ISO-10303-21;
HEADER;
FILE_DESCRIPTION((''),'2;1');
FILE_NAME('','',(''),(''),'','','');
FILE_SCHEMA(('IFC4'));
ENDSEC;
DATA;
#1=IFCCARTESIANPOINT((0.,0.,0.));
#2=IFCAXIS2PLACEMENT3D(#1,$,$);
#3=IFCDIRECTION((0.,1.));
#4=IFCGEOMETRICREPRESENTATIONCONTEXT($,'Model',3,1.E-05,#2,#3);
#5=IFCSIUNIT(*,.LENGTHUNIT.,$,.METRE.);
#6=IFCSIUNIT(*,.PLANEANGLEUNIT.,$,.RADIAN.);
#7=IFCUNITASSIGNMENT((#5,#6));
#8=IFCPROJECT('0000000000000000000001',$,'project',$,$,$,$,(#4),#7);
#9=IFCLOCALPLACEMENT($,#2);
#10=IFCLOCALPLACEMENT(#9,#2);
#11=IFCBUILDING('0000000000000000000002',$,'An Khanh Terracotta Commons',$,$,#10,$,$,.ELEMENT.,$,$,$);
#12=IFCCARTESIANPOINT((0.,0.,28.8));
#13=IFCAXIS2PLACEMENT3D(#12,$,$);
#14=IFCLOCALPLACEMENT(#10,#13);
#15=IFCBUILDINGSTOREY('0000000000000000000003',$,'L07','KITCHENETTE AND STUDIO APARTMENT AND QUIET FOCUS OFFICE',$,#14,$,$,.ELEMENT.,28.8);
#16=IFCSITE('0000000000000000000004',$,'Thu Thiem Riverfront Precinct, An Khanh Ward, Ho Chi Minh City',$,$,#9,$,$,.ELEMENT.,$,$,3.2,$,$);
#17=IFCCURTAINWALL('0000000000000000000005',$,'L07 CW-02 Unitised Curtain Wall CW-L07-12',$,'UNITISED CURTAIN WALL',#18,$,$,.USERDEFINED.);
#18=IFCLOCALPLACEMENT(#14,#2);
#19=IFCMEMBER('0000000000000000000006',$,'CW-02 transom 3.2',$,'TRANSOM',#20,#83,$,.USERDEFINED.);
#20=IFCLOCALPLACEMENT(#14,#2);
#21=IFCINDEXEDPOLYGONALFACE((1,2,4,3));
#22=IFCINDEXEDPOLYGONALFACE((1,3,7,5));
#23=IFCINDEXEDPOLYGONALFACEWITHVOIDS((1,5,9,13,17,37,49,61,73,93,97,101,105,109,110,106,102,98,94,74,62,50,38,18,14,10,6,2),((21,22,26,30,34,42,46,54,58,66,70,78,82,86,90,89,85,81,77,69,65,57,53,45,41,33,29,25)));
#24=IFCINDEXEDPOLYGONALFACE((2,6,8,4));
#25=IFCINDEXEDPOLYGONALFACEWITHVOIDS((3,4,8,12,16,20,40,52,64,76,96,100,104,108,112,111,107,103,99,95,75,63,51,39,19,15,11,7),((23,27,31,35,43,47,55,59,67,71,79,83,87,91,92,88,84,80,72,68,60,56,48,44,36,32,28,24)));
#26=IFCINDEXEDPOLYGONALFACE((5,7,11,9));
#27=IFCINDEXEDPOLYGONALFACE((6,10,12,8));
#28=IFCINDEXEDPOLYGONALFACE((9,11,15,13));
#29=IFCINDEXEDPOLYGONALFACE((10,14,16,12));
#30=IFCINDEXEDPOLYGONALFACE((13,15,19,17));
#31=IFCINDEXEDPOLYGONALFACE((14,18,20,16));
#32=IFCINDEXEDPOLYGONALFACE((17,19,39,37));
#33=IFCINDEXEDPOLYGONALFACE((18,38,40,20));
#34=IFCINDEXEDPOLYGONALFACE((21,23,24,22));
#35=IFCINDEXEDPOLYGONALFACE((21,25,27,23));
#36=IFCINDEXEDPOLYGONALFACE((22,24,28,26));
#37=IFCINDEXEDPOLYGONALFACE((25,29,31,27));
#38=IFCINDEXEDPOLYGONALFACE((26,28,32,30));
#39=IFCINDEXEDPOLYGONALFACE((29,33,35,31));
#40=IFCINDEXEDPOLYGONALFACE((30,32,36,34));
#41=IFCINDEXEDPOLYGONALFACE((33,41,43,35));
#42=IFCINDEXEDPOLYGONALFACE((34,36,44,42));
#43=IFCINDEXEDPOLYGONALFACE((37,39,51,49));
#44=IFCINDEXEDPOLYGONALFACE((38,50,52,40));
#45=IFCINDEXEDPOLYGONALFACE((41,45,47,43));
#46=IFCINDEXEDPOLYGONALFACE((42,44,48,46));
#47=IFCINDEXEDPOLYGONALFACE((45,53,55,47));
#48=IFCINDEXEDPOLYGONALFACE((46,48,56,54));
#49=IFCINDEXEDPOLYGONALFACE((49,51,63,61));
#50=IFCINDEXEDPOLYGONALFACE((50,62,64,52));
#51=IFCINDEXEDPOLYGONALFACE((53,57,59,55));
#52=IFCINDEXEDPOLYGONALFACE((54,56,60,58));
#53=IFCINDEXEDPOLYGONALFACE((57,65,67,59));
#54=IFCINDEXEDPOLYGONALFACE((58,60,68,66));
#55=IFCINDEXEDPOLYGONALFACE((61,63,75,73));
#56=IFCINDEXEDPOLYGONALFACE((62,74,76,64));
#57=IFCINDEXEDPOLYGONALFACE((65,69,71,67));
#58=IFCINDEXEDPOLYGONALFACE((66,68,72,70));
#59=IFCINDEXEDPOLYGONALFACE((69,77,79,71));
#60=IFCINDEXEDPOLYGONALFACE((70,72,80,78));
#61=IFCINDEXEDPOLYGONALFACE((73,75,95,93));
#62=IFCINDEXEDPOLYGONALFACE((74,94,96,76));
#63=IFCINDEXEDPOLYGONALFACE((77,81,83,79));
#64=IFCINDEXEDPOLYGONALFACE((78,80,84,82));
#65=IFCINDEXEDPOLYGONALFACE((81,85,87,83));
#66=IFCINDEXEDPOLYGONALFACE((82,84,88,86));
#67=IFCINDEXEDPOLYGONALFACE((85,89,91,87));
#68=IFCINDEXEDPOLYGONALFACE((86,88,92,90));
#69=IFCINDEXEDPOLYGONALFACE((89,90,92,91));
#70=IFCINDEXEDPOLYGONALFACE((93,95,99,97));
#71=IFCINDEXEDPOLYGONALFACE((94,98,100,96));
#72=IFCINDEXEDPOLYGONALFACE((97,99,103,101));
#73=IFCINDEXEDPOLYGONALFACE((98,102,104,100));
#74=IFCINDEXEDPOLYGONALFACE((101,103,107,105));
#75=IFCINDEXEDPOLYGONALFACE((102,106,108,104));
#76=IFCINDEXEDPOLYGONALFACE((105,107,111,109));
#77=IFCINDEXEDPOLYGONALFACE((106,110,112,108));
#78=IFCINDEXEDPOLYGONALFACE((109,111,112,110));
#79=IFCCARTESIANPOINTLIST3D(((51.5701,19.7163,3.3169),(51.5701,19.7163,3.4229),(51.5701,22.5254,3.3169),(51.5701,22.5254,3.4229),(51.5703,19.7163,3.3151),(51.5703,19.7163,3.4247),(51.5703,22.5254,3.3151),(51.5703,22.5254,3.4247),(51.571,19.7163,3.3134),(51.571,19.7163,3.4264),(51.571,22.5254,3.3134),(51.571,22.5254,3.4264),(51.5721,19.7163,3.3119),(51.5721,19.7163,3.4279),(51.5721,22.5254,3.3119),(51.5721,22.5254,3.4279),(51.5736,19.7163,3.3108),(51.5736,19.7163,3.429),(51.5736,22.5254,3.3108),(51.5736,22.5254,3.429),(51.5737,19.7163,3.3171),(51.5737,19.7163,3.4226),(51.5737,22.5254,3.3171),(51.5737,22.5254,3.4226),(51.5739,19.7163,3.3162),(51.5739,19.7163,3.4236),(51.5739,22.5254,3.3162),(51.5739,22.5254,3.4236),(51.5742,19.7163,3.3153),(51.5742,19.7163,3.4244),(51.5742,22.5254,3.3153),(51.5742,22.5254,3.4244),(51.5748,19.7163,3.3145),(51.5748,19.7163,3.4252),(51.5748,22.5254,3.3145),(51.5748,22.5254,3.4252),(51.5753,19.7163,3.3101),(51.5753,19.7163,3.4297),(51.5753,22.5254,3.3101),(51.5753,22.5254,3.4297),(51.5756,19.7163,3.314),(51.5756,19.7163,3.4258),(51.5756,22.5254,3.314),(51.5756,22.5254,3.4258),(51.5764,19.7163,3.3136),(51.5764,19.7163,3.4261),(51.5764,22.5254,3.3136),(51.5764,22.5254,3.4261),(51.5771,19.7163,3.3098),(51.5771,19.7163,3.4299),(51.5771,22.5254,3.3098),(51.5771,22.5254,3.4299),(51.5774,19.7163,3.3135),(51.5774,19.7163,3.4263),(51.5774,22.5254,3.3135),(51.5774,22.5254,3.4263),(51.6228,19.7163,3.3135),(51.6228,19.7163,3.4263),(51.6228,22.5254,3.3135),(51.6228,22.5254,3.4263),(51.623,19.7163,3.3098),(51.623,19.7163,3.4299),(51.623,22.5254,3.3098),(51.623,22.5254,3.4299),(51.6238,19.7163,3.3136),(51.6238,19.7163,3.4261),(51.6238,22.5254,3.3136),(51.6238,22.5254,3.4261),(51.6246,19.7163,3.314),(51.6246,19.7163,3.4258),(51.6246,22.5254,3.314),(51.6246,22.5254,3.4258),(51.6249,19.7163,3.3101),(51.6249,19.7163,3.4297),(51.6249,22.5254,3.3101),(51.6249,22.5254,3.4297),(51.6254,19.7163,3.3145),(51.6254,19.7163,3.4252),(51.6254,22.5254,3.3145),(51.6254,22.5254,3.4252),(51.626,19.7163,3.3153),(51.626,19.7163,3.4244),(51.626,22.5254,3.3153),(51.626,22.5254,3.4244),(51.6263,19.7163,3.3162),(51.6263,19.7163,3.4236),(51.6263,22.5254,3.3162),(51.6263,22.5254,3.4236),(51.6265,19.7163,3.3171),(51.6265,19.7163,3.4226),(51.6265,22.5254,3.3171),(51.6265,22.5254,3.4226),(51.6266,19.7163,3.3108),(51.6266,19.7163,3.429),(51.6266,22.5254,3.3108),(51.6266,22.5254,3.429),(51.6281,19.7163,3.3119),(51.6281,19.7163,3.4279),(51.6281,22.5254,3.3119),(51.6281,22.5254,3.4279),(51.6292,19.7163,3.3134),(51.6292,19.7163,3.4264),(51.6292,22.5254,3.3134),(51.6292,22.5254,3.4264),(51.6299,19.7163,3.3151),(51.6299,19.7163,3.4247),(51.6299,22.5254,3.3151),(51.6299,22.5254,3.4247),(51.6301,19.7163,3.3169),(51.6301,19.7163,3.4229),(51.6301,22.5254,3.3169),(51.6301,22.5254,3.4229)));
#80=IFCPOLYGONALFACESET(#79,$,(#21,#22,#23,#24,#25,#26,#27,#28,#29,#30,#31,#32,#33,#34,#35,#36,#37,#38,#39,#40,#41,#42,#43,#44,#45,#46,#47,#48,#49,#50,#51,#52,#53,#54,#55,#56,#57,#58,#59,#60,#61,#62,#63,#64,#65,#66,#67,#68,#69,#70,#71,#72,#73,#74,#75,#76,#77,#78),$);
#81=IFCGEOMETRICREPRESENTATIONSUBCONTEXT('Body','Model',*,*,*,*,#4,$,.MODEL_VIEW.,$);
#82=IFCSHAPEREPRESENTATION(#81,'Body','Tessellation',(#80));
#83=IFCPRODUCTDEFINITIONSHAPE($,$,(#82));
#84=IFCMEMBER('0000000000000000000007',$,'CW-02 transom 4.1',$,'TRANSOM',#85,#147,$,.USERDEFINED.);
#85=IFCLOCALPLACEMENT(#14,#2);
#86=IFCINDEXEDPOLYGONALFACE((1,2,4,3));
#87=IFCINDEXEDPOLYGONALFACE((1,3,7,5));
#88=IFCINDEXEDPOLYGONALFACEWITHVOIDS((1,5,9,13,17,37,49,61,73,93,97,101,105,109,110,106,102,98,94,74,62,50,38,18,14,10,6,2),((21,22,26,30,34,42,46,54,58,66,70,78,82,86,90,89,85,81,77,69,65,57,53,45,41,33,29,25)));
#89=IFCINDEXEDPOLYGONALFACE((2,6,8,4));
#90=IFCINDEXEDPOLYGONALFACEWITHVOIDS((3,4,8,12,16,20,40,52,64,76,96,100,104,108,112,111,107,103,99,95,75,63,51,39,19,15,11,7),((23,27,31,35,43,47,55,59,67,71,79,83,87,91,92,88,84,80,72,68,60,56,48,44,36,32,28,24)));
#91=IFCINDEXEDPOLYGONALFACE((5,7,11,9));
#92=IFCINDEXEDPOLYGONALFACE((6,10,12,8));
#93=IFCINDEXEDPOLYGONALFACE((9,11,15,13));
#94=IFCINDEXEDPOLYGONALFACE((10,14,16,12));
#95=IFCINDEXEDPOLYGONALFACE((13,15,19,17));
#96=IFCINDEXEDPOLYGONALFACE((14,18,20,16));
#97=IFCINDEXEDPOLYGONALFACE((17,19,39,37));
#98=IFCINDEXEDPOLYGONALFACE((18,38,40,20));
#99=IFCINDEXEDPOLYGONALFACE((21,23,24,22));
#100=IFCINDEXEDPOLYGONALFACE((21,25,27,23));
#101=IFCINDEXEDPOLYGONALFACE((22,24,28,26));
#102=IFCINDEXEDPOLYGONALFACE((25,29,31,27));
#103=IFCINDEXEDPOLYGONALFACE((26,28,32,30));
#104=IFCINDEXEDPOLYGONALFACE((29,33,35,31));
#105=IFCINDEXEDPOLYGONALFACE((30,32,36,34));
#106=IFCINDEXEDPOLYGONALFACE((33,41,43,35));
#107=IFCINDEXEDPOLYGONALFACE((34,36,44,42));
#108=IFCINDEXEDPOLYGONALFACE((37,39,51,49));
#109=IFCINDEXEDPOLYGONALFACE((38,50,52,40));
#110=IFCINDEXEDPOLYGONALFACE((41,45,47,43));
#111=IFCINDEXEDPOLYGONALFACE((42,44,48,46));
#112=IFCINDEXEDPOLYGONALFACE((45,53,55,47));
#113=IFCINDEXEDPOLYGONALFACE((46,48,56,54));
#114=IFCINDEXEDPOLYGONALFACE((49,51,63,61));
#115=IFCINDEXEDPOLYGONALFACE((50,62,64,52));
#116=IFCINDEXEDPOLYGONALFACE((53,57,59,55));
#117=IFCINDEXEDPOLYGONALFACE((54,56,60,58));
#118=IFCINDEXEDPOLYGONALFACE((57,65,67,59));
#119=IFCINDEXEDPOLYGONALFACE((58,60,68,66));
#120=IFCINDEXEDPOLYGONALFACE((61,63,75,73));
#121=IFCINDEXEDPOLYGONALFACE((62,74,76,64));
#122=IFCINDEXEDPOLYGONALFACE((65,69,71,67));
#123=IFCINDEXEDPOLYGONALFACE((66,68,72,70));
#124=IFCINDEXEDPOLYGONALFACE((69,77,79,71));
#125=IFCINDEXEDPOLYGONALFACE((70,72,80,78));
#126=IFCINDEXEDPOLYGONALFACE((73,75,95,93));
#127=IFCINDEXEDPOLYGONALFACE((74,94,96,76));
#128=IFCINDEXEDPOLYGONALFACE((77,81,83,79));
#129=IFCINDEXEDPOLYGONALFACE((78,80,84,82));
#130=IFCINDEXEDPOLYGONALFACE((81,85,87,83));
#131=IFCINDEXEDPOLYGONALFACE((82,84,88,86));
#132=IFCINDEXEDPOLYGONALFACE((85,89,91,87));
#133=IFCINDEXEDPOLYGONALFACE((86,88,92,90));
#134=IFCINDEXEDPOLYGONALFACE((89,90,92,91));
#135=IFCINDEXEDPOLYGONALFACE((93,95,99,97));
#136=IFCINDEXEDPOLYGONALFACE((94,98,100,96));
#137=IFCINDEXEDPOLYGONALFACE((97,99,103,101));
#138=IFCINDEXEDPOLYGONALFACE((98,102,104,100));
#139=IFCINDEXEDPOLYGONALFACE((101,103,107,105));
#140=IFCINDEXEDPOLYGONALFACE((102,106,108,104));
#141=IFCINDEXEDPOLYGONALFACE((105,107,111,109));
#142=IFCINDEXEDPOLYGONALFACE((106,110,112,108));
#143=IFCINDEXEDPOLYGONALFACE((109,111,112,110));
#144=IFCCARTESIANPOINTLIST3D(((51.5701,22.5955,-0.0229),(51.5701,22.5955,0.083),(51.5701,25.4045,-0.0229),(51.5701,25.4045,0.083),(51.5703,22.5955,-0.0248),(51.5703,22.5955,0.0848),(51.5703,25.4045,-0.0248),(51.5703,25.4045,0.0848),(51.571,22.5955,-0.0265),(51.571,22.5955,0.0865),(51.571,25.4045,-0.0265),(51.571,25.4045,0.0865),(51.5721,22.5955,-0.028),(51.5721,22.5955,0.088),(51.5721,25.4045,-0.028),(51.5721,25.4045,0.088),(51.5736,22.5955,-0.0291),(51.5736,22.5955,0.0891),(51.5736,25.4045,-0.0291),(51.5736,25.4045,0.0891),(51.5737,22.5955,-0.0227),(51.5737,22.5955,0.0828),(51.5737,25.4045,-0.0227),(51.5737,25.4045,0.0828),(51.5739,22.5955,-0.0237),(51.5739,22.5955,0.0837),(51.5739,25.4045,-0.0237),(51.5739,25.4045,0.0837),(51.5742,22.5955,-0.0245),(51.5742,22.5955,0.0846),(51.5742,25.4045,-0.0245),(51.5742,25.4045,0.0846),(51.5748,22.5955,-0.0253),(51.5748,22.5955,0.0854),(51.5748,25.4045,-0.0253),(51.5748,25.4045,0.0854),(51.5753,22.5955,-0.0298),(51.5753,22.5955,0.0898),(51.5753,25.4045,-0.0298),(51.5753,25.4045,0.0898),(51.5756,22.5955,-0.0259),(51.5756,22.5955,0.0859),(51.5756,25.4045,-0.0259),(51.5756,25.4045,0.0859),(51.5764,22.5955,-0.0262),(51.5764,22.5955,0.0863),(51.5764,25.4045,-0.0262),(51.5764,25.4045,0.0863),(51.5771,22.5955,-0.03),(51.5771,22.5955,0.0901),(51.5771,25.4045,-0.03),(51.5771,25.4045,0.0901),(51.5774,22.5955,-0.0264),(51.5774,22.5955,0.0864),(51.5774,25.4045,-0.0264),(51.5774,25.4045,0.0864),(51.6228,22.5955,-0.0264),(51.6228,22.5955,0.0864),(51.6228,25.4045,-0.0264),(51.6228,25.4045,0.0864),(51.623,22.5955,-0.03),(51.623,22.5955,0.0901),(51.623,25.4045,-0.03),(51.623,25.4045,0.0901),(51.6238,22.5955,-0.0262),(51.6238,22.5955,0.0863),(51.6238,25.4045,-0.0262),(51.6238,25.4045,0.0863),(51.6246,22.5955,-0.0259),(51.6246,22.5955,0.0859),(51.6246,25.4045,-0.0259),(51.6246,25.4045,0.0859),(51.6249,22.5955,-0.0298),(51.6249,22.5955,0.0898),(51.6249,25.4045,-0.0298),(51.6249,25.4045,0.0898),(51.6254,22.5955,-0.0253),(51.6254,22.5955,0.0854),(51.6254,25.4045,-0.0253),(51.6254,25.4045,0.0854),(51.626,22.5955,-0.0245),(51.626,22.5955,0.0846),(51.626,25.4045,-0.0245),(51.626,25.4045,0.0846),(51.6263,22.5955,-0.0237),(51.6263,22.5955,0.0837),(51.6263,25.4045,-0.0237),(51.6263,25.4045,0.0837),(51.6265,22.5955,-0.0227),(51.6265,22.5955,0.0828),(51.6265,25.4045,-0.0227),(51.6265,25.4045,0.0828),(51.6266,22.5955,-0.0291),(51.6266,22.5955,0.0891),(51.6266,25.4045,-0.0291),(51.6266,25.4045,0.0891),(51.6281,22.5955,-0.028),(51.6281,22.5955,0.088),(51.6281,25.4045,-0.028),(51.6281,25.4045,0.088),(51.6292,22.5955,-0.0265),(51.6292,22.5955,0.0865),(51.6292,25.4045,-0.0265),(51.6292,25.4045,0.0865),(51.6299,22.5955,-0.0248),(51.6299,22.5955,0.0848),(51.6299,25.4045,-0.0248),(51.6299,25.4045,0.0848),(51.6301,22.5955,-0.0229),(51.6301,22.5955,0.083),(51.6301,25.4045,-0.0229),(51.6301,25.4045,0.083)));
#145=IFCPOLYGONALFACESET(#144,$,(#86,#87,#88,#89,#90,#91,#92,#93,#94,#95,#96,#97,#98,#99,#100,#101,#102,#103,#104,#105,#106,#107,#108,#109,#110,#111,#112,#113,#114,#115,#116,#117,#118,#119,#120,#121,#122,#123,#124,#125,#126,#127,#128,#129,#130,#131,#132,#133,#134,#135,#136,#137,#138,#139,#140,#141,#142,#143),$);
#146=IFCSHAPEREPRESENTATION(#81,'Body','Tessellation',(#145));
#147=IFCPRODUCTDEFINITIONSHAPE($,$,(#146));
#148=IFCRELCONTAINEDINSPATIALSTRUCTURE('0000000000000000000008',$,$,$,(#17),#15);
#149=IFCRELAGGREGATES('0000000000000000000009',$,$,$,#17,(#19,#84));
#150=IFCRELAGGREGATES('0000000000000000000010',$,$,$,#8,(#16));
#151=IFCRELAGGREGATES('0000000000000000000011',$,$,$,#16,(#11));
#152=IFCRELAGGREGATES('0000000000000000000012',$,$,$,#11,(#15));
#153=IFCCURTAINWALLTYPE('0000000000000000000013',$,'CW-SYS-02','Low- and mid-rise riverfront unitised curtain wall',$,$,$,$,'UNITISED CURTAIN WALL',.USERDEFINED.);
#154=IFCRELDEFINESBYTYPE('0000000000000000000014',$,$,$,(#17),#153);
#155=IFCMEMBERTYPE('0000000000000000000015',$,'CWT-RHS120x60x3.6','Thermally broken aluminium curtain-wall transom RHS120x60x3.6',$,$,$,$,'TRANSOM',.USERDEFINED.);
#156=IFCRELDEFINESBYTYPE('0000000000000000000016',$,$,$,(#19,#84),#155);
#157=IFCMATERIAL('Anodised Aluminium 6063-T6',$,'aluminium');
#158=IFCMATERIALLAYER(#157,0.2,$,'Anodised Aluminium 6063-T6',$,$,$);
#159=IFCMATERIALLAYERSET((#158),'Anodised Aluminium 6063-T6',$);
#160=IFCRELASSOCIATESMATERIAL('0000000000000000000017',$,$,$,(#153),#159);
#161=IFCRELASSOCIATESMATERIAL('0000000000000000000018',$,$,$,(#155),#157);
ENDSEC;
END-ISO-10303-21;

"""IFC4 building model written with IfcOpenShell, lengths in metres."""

from ifc_helpers import new_model, si_unit, direction, frame, origin, origin_2d, place, context, subcontext, project, spatial, hollow_rectangle, extrude, material, layer, layer_set, material_profile, profile_set, type_object, element, aggregate, save


model = new_model("IFC4")

# Units and contexts
model_context = context("Model", 3, precision=1e-05, world=origin(), true_north=direction((0.0, 1.0)))
body_context = subcontext(model_context, "Body", "Model", "MODEL_VIEW")
ifc_project = project(units=[si_unit("LENGTHUNIT", "METRE"), si_unit("PLANEANGLEUNIT", "RADIAN")], contexts=[model_context])

# Site, building, storey
site_placement = place(None, origin())
site = spatial("IfcSite", under=ifc_project, at=site_placement, Name="Thu Thiem Riverfront Precinct, An Khanh Ward, Ho Chi Minh City", CompositionType="ELEMENT", RefElevation=3.2)
building_placement = place(site_placement, origin())
building = spatial("IfcBuilding", under=site, at=building_placement, Name="An Khanh Terracotta Commons", CompositionType="ELEMENT")
storey_placement = place(building_placement, frame((0.0, 0.0, 28.8)))
storey = spatial("IfcBuildingStorey", under=building, at=storey_placement, Name="L07", Description="KITCHENETTE AND STUDIO APARTMENT AND QUIET FOCUS OFFICE", CompositionType="ELEMENT", Elevation=28.8)

# Curtain wall, members
ifc_material_1 = material(Name="Anodised Aluminium 6063-T6", Category="aluminium")
ifc_layer_1 = layer(ifc_material_1, 0.2, Name="Anodised Aluminium 6063-T6")
ifc_layer_set_1 = layer_set([ifc_layer_1], Name="Anodised Aluminium 6063-T6")
curtain_wall_type = type_object("IfcCurtainWallType", Name="CW-SYS-02", Description="Low- and mid-rise riverfront unitised curtain wall", ElementType="UNITISED CURTAIN WALL", PredefinedType="USERDEFINED", material=ifc_layer_set_1)
curtain_wall_placement = place(storey_placement, origin())
curtain_wall = element("IfcCurtainWall", 1, at=curtain_wall_placement, inside=storey, type_object=curtain_wall_type, Name="L07 CW-02 Unitised Curtain Wall CW-L07-12", ObjectType="UNITISED CURTAIN WALL", PredefinedType="USERDEFINED")
ifc_material_profile_1 = material_profile(ifc_material_1, hollow_rectangle(XDim=0.0601, YDim=0.1201, WallThickness=0.0037, InnerFilletRadius=0.0037, OuterFilletRadius=0.0071, at=origin_2d()), Name="RHS120x60x3.6")
ifc_profile_set_1 = profile_set([ifc_material_profile_1], Name="Anodised Aluminium 6063-T6")
member_type_1 = type_object("IfcMemberType", Name="CWT-RHS120x60x3.6", Description="Thermally broken aluminium curtain-wall transom RHS120x60x3.6", ElementType="TRANSOM", PredefinedType="USERDEFINED", material=ifc_profile_set_1)
member_1_placement = place(storey_placement, frame((51.6001, 19.7163, 3.3699), z_axis=(0.0, 1.0, 0.0), x_axis=(-1.0, 0.0, 0.0)))
member_1 = element("IfcMember", 2, at=member_1_placement, type_object=member_type_1, Name="CW-02 transom 3.2", ObjectType="TRANSOM", PredefinedType="USERDEFINED", context=body_context, shape_type="SweptSolid", body=[
    extrude(hollow_rectangle(XDim=0.0601, YDim=0.1201, WallThickness=0.0037, InnerFilletRadius=0.0037, OuterFilletRadius=0.0071, at=origin_2d()), origin(), (0.0, 0.0, 1.0), 2.8091),
])
member_2_placement = place(storey_placement, frame((51.6001, 22.5955, 0.03), z_axis=(0.0, 1.0, 0.0), x_axis=(-1.0, 0.0, 0.0)))
member_2 = element("IfcMember", 3, at=member_2_placement, type_object=member_type_1, Name="CW-02 transom 4.1", ObjectType="TRANSOM", PredefinedType="USERDEFINED", context=body_context, shape_type="SweptSolid", body=[
    extrude(hollow_rectangle(XDim=0.0601, YDim=0.1201, WallThickness=0.0037, InnerFilletRadius=0.0037, OuterFilletRadius=0.0071, at=origin_2d()), origin(), (0.0, 0.0, 1.0), 2.8091),
])
aggregate(curtain_wall, [member_1, member_2])

save(model, "model.ifc")
